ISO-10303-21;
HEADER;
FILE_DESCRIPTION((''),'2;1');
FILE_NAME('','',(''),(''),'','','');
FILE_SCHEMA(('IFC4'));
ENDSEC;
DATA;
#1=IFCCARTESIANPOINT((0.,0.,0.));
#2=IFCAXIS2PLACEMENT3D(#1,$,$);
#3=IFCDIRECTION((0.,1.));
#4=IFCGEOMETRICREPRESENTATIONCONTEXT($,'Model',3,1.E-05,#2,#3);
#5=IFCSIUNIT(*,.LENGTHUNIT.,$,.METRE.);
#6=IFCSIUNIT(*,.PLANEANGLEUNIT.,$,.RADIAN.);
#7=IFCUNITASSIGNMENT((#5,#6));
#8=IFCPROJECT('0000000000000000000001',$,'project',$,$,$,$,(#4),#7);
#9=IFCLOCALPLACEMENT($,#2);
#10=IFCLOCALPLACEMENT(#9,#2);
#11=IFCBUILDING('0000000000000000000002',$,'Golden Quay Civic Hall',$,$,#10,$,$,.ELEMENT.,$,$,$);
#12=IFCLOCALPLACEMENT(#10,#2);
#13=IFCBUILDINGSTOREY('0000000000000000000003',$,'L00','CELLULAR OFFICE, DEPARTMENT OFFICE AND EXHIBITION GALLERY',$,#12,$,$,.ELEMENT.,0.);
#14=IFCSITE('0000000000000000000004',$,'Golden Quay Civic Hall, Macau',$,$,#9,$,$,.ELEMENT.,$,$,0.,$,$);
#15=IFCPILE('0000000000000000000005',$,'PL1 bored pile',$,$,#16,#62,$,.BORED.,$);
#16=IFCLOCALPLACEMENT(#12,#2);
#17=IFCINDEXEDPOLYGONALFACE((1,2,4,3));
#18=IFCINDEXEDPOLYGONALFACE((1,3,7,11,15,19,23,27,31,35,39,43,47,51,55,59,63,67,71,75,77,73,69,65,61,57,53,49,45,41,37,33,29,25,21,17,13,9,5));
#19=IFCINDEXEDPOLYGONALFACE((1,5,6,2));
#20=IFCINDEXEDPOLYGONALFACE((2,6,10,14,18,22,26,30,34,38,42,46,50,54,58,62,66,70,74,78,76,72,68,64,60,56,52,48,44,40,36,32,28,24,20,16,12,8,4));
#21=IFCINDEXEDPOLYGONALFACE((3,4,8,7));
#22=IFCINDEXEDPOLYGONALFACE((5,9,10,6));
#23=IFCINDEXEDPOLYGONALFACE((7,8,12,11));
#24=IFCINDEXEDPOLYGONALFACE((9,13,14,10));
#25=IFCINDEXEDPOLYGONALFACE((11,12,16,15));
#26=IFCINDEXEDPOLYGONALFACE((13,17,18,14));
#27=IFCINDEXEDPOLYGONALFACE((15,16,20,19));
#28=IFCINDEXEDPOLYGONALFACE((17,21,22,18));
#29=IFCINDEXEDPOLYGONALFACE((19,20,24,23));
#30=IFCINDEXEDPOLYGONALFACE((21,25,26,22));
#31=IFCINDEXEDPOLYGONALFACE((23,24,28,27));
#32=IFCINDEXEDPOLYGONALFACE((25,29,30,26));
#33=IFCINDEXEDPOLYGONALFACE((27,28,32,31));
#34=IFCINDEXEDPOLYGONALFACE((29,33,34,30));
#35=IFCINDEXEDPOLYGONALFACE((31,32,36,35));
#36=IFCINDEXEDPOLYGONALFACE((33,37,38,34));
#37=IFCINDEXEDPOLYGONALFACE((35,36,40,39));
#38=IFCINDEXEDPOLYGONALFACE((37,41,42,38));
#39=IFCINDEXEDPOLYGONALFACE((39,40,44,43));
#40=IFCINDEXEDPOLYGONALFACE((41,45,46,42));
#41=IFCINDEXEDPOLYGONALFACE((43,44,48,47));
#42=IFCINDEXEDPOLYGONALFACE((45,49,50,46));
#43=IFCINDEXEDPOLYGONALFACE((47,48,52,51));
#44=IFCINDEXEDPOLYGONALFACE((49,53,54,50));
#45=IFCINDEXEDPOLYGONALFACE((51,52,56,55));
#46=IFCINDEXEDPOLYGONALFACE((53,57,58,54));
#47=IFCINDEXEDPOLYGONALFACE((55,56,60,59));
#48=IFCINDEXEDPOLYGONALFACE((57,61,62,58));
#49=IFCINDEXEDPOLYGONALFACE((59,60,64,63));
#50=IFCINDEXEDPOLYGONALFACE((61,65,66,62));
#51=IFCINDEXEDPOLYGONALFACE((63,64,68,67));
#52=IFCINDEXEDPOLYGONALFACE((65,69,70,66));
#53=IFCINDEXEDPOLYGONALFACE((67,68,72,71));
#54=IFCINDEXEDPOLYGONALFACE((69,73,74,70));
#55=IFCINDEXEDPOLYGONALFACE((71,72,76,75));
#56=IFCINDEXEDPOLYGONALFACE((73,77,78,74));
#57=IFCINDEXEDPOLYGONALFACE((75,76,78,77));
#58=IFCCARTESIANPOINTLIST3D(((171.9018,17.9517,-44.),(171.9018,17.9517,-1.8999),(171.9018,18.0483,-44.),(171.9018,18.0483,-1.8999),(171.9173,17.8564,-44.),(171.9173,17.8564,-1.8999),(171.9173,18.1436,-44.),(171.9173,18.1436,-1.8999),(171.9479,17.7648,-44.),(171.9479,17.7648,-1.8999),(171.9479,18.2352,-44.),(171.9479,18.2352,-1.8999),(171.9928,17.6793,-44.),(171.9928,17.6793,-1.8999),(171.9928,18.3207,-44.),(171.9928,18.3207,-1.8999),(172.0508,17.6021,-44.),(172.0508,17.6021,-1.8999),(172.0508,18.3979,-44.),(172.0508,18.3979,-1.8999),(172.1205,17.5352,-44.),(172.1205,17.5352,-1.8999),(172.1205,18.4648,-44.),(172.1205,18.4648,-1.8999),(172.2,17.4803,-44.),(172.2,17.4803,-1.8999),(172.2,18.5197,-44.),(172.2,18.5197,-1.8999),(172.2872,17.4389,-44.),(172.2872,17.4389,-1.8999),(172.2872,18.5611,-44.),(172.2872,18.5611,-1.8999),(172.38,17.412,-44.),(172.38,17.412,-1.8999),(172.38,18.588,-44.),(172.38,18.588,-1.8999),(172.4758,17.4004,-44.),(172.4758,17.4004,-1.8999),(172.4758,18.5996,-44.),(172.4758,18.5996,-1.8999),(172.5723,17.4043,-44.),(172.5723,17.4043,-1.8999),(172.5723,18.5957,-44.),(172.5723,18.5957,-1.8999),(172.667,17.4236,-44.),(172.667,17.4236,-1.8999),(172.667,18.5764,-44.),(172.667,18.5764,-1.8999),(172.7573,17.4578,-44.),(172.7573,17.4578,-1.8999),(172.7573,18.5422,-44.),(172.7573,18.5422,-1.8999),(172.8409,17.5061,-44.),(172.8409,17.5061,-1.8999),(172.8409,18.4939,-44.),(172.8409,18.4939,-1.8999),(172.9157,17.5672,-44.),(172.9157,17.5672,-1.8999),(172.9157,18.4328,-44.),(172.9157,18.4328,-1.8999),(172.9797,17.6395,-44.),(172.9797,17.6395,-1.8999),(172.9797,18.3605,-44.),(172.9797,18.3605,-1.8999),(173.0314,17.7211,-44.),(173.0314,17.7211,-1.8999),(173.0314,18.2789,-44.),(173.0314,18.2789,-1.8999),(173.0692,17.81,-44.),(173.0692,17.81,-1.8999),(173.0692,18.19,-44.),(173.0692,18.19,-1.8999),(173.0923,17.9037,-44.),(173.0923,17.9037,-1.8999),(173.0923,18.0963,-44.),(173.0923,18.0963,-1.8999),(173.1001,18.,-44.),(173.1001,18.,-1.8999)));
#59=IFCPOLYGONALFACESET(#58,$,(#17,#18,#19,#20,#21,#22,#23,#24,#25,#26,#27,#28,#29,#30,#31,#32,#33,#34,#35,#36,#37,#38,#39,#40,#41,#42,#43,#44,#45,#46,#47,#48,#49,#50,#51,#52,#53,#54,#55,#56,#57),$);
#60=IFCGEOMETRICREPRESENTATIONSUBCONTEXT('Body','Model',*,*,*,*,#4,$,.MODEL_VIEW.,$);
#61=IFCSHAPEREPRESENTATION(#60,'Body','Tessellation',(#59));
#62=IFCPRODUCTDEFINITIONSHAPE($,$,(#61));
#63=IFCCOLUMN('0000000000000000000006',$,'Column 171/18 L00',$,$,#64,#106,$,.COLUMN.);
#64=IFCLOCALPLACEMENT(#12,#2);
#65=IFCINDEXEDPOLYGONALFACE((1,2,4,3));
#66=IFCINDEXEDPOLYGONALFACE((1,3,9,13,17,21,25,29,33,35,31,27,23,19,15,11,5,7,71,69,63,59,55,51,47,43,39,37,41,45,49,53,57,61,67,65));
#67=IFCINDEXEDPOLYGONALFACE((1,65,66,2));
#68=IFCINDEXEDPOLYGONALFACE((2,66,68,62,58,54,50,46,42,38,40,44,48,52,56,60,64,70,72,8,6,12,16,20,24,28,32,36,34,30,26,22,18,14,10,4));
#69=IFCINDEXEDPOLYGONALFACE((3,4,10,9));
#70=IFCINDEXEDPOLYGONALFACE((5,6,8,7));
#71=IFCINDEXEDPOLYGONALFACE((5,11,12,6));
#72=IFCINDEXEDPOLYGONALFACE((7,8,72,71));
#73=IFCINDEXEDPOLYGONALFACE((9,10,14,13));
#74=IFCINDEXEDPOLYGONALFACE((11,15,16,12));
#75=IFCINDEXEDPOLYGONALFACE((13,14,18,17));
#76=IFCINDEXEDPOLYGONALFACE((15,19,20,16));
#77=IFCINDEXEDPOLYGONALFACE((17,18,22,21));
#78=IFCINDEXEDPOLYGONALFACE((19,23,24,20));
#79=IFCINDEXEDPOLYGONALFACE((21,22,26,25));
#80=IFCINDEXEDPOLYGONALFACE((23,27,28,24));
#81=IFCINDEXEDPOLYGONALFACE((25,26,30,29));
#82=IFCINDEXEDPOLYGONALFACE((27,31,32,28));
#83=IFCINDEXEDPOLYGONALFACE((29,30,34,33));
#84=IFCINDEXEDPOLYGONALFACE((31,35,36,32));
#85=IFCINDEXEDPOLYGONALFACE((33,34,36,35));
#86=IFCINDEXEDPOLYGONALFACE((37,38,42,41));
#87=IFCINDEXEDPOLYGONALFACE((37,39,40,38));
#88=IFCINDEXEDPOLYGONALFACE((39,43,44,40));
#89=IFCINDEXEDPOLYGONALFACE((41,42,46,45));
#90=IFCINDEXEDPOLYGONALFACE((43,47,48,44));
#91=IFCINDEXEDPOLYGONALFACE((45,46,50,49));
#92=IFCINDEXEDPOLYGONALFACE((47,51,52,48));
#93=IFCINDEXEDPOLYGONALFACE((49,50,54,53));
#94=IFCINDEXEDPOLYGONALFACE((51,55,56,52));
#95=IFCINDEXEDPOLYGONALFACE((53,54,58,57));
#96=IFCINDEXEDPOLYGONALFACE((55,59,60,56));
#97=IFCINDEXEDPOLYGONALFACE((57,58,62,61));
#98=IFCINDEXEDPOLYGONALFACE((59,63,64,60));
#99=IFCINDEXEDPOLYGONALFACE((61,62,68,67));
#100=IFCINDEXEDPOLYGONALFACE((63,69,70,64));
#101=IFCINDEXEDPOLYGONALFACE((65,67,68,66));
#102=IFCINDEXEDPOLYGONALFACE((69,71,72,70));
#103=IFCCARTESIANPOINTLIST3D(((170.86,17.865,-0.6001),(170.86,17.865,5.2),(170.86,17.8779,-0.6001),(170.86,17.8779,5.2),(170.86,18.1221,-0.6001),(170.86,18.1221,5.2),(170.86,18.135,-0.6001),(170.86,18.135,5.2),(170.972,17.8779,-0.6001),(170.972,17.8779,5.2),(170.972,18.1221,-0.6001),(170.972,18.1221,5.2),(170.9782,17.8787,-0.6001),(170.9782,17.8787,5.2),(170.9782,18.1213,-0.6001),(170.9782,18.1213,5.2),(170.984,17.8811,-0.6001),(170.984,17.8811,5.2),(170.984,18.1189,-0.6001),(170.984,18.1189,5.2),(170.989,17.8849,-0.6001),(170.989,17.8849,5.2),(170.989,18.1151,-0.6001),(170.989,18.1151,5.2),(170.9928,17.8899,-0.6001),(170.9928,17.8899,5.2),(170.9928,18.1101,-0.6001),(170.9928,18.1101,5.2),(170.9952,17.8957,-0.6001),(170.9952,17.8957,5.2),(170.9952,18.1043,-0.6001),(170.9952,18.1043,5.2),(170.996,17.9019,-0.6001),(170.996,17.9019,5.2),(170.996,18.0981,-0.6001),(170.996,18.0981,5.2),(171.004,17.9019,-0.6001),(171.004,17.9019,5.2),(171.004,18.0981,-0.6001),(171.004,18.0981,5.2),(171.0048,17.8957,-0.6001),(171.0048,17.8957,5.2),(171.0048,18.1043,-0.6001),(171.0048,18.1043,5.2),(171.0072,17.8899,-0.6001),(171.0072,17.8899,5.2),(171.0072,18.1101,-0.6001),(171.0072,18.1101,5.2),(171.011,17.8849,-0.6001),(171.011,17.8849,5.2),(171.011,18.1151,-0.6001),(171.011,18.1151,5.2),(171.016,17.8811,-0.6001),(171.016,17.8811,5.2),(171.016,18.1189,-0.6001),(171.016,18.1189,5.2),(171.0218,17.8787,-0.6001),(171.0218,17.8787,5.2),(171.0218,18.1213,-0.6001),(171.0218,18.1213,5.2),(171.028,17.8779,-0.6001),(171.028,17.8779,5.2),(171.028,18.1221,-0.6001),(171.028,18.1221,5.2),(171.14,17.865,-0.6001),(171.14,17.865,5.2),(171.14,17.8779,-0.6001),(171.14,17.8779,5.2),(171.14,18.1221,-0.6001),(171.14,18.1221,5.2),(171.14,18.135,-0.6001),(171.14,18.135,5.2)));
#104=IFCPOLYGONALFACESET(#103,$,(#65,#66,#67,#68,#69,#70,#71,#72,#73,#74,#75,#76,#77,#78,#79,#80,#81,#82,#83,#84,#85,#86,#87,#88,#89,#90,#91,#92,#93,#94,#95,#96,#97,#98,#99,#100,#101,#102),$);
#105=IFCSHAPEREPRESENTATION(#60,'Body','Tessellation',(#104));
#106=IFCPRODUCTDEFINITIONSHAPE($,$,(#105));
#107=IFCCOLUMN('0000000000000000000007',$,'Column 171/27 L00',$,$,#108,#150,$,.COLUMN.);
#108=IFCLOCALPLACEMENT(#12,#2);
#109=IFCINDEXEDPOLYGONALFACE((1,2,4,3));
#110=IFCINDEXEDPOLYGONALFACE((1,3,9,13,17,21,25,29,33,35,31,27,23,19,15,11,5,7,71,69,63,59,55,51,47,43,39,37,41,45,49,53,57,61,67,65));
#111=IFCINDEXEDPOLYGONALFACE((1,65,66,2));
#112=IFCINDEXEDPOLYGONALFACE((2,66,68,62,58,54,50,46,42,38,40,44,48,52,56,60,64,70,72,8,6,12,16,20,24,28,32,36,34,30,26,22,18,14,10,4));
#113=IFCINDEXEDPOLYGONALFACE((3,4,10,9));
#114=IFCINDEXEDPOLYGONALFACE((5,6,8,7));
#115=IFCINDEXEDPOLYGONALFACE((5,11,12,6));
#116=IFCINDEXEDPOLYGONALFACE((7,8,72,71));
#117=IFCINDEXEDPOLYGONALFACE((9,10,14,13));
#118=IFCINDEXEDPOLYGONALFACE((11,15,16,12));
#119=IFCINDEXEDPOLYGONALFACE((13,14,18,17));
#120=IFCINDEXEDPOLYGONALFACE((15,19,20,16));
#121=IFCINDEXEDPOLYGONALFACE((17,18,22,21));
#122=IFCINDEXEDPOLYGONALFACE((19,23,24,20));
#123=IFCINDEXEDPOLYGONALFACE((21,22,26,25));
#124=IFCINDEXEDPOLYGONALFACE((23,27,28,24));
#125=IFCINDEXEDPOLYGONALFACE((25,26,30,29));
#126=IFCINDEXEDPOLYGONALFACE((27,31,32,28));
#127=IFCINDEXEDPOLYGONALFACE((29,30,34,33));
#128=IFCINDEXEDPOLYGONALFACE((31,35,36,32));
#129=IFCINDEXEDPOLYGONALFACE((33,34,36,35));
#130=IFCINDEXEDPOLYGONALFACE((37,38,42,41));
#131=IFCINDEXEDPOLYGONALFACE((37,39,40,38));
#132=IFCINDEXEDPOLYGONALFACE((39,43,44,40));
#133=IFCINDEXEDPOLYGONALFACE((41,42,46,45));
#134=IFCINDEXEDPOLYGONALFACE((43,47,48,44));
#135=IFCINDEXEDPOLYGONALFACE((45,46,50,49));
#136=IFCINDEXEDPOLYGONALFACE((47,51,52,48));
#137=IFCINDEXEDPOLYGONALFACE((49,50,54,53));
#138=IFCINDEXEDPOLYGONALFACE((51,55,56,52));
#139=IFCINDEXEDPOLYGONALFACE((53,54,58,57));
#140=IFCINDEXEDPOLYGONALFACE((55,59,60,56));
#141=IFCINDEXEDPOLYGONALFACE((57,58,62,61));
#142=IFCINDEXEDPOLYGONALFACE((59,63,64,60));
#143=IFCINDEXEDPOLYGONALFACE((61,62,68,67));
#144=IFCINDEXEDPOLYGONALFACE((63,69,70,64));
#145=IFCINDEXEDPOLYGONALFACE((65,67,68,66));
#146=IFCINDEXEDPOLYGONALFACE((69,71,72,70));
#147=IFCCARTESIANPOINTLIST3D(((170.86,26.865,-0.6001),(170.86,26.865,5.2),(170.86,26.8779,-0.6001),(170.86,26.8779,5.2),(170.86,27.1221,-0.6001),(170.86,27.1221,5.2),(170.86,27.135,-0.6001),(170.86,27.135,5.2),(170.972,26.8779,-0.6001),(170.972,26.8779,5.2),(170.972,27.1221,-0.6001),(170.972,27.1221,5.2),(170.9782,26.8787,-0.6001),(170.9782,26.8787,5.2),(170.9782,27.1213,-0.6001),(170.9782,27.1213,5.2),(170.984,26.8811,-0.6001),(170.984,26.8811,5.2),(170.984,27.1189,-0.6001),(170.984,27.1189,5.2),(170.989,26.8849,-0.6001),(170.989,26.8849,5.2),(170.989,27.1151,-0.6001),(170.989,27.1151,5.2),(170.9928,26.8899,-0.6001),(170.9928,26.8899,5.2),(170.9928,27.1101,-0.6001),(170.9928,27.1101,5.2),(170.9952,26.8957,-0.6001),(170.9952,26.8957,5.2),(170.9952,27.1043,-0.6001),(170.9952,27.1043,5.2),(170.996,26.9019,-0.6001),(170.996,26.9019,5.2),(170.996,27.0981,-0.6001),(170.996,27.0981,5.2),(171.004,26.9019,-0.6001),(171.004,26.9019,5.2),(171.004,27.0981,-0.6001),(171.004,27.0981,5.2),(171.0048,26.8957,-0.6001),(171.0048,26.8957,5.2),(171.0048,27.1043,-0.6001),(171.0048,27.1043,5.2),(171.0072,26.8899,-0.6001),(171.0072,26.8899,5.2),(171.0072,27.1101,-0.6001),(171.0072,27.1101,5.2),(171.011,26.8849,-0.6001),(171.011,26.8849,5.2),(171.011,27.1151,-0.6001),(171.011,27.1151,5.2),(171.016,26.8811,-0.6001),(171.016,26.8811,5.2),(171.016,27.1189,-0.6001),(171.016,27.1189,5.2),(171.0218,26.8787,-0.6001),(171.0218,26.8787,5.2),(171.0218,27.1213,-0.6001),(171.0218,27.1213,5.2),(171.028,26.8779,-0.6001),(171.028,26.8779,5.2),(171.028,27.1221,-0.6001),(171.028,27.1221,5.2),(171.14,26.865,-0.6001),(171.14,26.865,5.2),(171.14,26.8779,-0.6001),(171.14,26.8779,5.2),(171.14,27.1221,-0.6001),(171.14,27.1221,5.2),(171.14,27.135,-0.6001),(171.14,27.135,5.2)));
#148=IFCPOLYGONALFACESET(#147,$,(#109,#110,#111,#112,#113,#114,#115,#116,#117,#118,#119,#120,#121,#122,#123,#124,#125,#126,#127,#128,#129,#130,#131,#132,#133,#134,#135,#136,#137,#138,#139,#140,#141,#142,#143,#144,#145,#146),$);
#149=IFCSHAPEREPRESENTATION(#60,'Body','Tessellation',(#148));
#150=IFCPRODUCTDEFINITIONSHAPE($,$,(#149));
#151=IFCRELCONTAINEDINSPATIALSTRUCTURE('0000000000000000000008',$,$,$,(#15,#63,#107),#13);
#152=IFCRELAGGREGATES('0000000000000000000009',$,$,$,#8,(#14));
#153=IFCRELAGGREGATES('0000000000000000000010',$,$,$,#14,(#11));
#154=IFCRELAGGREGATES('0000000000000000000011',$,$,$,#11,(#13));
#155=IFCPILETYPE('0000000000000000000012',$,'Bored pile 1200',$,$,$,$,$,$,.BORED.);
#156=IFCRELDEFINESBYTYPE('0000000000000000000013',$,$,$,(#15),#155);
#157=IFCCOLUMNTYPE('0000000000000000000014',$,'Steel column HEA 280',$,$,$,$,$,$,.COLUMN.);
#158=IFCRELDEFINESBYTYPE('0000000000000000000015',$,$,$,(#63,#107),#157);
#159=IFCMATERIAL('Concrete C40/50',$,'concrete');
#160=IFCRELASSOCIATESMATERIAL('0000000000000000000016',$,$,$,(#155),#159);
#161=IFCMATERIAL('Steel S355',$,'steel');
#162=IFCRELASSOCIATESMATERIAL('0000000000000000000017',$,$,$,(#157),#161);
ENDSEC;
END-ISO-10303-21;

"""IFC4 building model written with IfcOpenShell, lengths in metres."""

from ifc_helpers import new_model, si_unit, direction, frame, origin, origin_2d, place, context, subcontext, project, spatial, circle, i_section, extrude, material, material_profile, profile_set, type_object, element, save


model = new_model("IFC4")

# Units and contexts
model_context = context("Model", 3, precision=1e-05, world=origin(), true_north=direction((0.0, 1.0)))
body_context = subcontext(model_context, "Body", "Model", "MODEL_VIEW")
ifc_project = project(units=[si_unit("LENGTHUNIT", "METRE"), si_unit("PLANEANGLEUNIT", "RADIAN")], contexts=[model_context])

# Site, building, storey
site_placement = place(None, origin())
site = spatial("IfcSite", under=ifc_project, at=site_placement, Name="Golden Quay Civic Hall, Macau", CompositionType="ELEMENT", RefElevation=0.0)
building_placement = place(site_placement, origin())
building = spatial("IfcBuilding", under=site, at=building_placement, Name="Golden Quay Civic Hall", CompositionType="ELEMENT")
storey_placement = place(building_placement, origin())
storey = spatial("IfcBuildingStorey", under=building, at=storey_placement, Name="L00", Description="CELLULAR OFFICE, DEPARTMENT OFFICE AND EXHIBITION GALLERY", CompositionType="ELEMENT", Elevation=0.0)

# Pile
ifc_material_1 = material(Name="Concrete C40/50", Category="concrete")
ifc_material_profile_1 = material_profile(ifc_material_1, circle(Radius=0.6001, at=origin_2d()), Name="RC D1200")
ifc_profile_set_1 = profile_set([ifc_material_profile_1], Name="Concrete C40/50")
pile_type = type_object("IfcPileType", Name="Bored pile 1200", PredefinedType="BORED", material=ifc_profile_set_1)
for number, where, z_axis, x_axis, name in (
    (1, (172.5, 18.0, -1.8999), (0.0, 0.0, -1.0), (1.0, 0.0, 0.0), "PL1 bored pile"),
):
    element("IfcPile", number, at=place(storey_placement, frame(where, z_axis=z_axis, x_axis=x_axis)), inside=storey, type_object=pile_type, Name=name, PredefinedType="BORED", context=body_context, shape_type="SweptSolid", body=[
        extrude(circle(Radius=0.6001, at=origin_2d()), origin(), (0.0, 0.0, 1.0), 42.1001),
    ])

# Columns
ifc_material_2 = material(Name="Steel S355", Category="steel")
ifc_material_profile_2 = material_profile(ifc_material_2, i_section(OverallWidth=0.28, OverallDepth=0.27, WebThickness=0.0081, FlangeThickness=0.0129, FilletRadius=0.0239, at=origin_2d()), Name="HEA 280")
ifc_profile_set_2 = profile_set([ifc_material_profile_2], Name="Steel S355")
column_type = type_object("IfcColumnType", Name="Steel column HEA 280", PredefinedType="COLUMN", material=ifc_profile_set_2)
for number, where, z_axis, x_axis, name in (
    (2, (171.0, 18.0, -0.6001), (0.0, 0.0, 1.0), (1.0, 0.0, 0.0), "Column 171/18 L00"),
    (3, (171.0, 27.0, -0.6001), (0.0, 0.0, 1.0), (1.0, 0.0, 0.0), "Column 171/27 L00"),
):
    element("IfcColumn", number, at=place(storey_placement, frame(where, z_axis=z_axis, x_axis=x_axis)), inside=storey, type_object=column_type, Name=name, PredefinedType="COLUMN", context=body_context, shape_type="SweptSolid", body=[
        extrude(i_section(OverallWidth=0.28, OverallDepth=0.27, WebThickness=0.0081, FlangeThickness=0.0129, FilletRadius=0.0239, at=origin_2d()), origin(), (0.0, 0.0, 1.0), 5.8),
    ])

save(model, "model.ifc")
